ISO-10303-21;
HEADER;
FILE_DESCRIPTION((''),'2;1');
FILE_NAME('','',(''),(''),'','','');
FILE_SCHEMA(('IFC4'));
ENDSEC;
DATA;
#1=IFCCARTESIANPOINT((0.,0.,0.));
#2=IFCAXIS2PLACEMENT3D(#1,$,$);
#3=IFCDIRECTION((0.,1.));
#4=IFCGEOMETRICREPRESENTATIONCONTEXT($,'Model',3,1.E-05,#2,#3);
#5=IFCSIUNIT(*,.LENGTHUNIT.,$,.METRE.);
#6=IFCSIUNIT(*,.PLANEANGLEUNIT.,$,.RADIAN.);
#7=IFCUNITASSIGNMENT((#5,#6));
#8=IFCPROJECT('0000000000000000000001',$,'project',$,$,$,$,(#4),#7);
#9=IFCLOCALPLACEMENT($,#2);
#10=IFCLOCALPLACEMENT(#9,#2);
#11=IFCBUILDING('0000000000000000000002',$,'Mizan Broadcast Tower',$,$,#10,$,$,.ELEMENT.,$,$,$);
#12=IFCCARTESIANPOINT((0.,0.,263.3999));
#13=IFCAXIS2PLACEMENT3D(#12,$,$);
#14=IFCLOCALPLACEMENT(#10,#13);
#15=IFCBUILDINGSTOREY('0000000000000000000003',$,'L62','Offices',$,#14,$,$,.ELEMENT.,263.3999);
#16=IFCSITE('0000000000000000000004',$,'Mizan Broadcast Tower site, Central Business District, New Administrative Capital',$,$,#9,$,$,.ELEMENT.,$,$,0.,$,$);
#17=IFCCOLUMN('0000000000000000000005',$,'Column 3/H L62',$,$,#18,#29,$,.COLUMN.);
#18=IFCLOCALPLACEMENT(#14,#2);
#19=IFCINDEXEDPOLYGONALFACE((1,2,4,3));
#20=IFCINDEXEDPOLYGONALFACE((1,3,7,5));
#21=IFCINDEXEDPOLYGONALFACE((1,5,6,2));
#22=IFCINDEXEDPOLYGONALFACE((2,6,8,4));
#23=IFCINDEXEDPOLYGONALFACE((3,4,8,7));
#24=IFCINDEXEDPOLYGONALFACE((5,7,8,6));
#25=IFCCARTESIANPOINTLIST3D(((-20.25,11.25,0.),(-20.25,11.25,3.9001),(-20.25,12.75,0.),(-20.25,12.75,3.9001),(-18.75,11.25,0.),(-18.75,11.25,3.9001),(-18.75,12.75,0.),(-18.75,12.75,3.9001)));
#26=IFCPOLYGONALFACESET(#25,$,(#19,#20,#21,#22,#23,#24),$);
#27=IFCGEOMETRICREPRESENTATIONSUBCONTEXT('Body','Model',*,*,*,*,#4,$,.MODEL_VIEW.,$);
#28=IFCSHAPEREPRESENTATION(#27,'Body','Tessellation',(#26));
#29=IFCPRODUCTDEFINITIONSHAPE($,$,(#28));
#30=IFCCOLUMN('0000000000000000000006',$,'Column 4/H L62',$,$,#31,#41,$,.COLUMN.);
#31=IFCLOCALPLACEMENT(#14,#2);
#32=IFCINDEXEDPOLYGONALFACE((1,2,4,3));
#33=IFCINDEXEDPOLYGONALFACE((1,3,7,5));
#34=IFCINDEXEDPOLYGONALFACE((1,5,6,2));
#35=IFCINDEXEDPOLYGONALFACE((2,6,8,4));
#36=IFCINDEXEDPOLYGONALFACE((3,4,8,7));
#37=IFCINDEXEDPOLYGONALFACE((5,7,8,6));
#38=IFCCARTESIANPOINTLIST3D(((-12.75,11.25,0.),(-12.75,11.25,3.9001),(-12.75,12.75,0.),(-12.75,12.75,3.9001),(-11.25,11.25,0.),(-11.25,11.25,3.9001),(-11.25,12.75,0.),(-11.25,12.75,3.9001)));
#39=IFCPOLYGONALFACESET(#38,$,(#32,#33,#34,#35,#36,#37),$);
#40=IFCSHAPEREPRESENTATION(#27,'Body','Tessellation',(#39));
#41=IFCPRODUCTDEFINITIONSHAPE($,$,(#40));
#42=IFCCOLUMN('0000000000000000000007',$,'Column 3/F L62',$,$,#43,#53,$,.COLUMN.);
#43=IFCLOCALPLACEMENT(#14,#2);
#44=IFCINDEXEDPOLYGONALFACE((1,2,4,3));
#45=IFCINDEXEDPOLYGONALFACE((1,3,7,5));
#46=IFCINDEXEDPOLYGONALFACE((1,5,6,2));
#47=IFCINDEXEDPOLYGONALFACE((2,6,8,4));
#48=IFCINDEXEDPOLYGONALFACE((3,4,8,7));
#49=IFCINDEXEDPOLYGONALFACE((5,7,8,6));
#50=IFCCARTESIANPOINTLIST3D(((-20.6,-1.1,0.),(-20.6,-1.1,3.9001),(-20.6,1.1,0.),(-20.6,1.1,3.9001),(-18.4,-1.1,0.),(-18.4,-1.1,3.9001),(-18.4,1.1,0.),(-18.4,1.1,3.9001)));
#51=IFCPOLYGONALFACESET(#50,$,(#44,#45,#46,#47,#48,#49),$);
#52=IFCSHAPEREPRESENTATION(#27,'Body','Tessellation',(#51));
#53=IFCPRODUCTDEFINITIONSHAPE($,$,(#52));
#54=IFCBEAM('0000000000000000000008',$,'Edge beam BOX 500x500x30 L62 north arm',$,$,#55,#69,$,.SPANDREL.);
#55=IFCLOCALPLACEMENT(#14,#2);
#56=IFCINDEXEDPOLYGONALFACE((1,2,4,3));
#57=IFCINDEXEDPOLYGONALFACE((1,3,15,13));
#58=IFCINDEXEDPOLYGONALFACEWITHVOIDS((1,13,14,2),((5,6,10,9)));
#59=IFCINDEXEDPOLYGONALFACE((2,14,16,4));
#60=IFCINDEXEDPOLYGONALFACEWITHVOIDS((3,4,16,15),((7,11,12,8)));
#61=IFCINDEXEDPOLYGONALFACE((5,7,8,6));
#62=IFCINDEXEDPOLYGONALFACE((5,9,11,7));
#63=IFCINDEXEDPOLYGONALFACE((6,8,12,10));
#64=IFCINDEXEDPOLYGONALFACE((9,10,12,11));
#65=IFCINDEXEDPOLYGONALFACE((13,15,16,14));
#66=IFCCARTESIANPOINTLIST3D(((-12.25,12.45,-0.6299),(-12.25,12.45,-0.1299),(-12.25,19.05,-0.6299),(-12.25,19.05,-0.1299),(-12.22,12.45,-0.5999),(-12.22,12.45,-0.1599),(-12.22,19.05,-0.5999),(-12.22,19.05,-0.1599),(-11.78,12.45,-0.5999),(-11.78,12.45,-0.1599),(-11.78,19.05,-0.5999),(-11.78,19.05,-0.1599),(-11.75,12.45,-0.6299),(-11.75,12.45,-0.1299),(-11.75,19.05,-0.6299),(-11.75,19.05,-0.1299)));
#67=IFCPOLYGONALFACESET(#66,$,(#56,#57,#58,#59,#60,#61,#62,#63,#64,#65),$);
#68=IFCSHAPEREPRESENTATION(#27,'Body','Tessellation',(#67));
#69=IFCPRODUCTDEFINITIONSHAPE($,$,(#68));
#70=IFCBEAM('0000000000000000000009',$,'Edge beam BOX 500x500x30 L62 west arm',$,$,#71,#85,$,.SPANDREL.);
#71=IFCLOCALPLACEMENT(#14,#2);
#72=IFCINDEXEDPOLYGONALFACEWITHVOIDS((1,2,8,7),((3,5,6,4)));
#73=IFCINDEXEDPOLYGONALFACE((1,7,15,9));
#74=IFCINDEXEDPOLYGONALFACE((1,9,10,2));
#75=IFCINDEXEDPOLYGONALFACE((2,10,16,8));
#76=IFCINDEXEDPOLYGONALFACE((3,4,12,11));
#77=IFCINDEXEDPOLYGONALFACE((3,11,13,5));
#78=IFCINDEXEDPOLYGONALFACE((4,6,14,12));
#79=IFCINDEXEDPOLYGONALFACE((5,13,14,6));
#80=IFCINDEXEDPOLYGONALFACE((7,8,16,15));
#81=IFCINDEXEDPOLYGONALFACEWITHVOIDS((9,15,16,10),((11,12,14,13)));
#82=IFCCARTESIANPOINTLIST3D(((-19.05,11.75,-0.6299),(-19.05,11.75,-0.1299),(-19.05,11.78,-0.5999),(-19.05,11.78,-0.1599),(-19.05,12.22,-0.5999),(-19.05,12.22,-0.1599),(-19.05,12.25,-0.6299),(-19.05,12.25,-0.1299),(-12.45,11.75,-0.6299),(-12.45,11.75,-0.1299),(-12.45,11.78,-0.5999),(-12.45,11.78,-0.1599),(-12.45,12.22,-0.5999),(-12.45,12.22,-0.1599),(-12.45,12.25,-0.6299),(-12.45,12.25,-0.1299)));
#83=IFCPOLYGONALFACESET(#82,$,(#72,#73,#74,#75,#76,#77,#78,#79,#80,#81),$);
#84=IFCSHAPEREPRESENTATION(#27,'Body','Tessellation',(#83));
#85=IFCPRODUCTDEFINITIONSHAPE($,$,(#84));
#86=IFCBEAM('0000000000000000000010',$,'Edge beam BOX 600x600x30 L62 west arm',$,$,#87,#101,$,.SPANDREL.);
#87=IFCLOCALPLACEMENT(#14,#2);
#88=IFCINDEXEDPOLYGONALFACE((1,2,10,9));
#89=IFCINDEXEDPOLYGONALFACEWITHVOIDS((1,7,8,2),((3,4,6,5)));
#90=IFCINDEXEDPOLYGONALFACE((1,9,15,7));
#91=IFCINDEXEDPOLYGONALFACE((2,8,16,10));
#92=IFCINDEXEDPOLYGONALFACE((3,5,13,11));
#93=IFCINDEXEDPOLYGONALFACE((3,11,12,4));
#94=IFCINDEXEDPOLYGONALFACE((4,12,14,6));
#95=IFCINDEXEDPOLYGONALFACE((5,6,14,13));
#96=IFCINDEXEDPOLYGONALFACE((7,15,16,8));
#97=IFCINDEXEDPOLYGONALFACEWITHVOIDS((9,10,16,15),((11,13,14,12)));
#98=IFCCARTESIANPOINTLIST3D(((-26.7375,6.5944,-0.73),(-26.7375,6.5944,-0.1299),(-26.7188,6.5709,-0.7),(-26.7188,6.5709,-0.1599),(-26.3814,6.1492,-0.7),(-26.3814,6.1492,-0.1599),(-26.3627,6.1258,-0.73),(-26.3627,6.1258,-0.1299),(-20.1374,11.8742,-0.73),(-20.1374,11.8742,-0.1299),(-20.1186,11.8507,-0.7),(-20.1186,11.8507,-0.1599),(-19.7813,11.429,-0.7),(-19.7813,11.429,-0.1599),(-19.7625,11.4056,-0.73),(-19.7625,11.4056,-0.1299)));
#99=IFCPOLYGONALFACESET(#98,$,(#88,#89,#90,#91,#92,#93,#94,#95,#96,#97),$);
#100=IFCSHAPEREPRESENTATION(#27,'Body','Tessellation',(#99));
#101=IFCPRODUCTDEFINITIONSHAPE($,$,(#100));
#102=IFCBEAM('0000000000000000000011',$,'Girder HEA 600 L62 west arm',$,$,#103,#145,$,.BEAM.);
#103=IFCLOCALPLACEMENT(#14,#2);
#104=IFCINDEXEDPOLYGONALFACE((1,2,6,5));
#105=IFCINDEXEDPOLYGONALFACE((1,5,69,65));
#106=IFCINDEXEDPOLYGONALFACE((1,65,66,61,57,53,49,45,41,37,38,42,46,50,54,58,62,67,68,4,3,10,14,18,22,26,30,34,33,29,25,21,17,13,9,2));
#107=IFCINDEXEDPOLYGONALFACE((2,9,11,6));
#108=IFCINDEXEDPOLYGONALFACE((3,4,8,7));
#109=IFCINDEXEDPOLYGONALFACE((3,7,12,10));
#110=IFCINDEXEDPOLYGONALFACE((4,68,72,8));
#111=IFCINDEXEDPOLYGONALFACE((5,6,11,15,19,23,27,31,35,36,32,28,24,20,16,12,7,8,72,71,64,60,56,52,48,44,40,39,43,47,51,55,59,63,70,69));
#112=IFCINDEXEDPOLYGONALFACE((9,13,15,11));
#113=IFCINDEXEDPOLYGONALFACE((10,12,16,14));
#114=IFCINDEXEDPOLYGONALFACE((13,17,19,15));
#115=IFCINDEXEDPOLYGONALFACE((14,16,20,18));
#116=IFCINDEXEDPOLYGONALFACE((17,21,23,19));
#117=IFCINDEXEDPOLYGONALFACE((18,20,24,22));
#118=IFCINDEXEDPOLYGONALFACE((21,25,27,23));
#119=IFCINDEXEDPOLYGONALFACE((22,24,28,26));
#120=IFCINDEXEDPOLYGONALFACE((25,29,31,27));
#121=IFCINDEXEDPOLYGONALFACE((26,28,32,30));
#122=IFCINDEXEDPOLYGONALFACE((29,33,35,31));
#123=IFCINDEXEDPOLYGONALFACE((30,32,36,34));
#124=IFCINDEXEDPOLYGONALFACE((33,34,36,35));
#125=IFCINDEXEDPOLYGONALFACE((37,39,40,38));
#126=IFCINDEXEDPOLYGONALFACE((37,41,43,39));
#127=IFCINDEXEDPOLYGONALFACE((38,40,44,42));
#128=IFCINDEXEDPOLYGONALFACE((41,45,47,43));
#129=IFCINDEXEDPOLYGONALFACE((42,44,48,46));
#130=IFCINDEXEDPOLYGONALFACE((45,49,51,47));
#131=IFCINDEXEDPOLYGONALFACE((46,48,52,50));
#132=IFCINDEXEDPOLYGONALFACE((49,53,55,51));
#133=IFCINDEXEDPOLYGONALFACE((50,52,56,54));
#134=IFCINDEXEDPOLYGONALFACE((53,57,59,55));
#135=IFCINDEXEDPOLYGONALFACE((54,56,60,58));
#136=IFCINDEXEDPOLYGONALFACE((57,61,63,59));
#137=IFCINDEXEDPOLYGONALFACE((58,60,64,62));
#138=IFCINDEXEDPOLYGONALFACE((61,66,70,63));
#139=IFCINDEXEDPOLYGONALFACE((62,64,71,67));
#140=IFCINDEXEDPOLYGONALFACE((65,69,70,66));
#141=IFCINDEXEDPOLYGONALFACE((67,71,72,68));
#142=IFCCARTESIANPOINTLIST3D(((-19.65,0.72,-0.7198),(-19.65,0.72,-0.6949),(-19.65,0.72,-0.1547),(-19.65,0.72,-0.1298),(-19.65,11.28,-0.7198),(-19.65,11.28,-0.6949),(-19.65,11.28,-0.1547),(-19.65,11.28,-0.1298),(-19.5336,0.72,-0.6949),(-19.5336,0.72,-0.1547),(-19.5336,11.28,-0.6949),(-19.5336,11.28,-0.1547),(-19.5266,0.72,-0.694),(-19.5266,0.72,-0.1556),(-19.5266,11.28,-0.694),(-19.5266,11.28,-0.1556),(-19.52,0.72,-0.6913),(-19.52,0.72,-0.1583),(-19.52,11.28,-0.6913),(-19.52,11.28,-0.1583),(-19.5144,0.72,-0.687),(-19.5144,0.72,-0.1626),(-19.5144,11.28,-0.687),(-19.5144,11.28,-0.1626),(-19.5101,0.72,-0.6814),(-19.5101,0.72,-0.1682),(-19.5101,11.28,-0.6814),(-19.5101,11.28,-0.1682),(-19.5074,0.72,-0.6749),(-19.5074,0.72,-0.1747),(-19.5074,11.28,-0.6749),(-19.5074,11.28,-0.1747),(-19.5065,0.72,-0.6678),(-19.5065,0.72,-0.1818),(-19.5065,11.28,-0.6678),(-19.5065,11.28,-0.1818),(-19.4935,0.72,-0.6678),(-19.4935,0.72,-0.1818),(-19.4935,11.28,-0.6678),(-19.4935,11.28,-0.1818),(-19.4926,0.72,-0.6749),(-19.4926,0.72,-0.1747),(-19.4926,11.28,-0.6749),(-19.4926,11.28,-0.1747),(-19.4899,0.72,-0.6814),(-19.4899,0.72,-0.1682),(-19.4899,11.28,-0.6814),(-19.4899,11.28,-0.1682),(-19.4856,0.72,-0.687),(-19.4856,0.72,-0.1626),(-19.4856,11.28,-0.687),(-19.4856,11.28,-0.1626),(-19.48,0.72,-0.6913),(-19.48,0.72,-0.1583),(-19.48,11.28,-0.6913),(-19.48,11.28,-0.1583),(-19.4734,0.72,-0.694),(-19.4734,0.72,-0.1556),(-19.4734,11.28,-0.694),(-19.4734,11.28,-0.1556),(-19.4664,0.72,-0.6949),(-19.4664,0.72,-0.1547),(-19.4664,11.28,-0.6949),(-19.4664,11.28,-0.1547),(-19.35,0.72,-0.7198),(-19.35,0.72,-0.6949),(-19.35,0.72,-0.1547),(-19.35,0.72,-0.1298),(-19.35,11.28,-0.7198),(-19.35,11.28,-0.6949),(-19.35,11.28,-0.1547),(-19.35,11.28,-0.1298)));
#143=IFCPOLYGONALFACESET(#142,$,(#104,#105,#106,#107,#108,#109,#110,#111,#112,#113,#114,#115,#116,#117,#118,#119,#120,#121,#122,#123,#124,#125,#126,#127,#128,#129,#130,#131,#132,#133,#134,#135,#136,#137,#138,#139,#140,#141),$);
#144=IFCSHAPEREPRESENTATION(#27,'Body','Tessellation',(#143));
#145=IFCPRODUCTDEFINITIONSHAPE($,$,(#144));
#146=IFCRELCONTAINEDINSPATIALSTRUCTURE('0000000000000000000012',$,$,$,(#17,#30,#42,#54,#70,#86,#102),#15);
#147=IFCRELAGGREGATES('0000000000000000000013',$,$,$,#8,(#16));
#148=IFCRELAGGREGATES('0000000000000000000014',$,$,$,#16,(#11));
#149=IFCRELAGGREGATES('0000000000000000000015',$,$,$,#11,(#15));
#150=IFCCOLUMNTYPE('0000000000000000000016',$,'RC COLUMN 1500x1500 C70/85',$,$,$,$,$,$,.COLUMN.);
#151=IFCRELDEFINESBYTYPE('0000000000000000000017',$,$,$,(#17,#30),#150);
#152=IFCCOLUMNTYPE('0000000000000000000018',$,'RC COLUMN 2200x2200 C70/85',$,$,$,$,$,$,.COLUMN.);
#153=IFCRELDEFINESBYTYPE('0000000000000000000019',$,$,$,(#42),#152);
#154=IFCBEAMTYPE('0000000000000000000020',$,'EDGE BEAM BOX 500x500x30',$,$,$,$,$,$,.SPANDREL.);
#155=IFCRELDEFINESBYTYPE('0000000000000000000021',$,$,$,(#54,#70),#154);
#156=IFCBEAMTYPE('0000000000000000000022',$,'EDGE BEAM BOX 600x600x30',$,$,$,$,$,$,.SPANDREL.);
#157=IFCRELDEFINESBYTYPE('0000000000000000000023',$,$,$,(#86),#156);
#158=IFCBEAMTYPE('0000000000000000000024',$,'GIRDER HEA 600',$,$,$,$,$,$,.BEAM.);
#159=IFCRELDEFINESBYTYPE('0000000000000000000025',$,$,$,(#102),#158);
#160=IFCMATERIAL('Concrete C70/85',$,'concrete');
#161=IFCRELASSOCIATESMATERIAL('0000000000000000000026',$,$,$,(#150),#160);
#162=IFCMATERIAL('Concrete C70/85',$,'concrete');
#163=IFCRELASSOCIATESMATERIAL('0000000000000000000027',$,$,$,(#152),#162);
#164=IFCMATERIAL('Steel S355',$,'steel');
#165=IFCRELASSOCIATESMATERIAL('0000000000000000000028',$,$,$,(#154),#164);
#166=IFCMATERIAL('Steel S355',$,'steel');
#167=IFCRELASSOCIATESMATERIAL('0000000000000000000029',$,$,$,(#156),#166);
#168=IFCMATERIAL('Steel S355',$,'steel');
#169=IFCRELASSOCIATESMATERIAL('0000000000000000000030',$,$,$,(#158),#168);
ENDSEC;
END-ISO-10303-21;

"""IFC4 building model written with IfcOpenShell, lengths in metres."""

from ifc_helpers import new_model, si_unit, direction, frame, origin, origin_2d, place, context, subcontext, project, spatial, rectangle, hollow_rectangle, i_section, extrude, material, material_profile, profile_set, type_object, element, save


model = new_model("IFC4")

# Units and contexts
model_context = context("Model", 3, precision=1e-05, world=origin(), true_north=direction((0.0, 1.0)))
body_context = subcontext(model_context, "Body", "Model", "MODEL_VIEW")
ifc_project = project(units=[si_unit("LENGTHUNIT", "METRE"), si_unit("PLANEANGLEUNIT", "RADIAN")], contexts=[model_context])

# Site, building, storey
site_placement = place(None, origin())
site = spatial("IfcSite", under=ifc_project, at=site_placement, Name="Mizan Broadcast Tower site, Central Business District, New Administrative Capital", CompositionType="ELEMENT", RefElevation=0.0)
building_placement = place(site_placement, origin())
building = spatial("IfcBuilding", under=site, at=building_placement, Name="Mizan Broadcast Tower", CompositionType="ELEMENT")
storey_placement = place(building_placement, frame((0.0, 0.0, 263.3999)))
storey = spatial("IfcBuildingStorey", under=building, at=storey_placement, Name="L62", Description="Offices", CompositionType="ELEMENT", Elevation=263.3999)

# Columns
ifc_material_1 = material(Name="Concrete C70/85", Category="concrete")
ifc_material_profile_1 = material_profile(ifc_material_1, rectangle(XDim=1.5, YDim=1.5, at=origin_2d()), Name="RC 1500x1500")
ifc_profile_set_1 = profile_set([ifc_material_profile_1], Name="Concrete C70/85")
column_type_1 = type_object("IfcColumnType", Name="RC COLUMN 1500x1500 C70/85", PredefinedType="COLUMN", material=ifc_profile_set_1)
for number, where, z_axis, x_axis, name in (
    (1, (-19.5, 12.0, 0.0), (0.0, 0.0, 1.0), (1.0, 0.0, 0.0), "Column 3/H L62"),
    (2, (-12.0, 12.0, 0.0), (0.0, 0.0, 1.0), (1.0, 0.0, 0.0), "Column 4/H L62"),
):
    element("IfcColumn", number, at=place(storey_placement, frame(where, z_axis=z_axis, x_axis=x_axis)), inside=storey, type_object=column_type_1, Name=name, PredefinedType="COLUMN", context=body_context, shape_type="SweptSolid", body=[
        extrude(rectangle(XDim=1.5, YDim=1.5, at=origin_2d()), origin(), (0.0, 0.0, 1.0), 3.9001),
    ])
ifc_material_2 = material(Name="Concrete C70/85", Category="concrete")
ifc_material_profile_2 = material_profile(ifc_material_2, rectangle(XDim=2.2, YDim=2.2, at=origin_2d()), Name="RC 2200x2200")
ifc_profile_set_2 = profile_set([ifc_material_profile_2], Name="Concrete C70/85")
column_type_2 = type_object("IfcColumnType", Name="RC COLUMN 2200x2200 C70/85", PredefinedType="COLUMN", material=ifc_profile_set_2)
column_placement = place(storey_placement, frame((-19.5, 0.0, 0.0), z_axis=(0.0, 0.0, 1.0), x_axis=(1.0, 0.0, 0.0)))
element("IfcColumn", 3, at=column_placement, inside=storey, type_object=column_type_2, Name="Column 3/F L62", PredefinedType="COLUMN", context=body_context, shape_type="SweptSolid", body=[
    extrude(rectangle(XDim=2.2, YDim=2.2, at=origin_2d()), origin(), (0.0, 0.0, 1.0), 3.9001),
])

# Beams
ifc_material_3 = material(Name="Steel S355", Category="steel")
ifc_material_profile_3 = material_profile(ifc_material_3, hollow_rectangle(XDim=0.5, YDim=0.5, WallThickness=0.03, at=origin_2d()), Name="BOX 500x500x30")
ifc_profile_set_3 = profile_set([ifc_material_profile_3], Name="Steel S355")
beam_type_1 = type_object("IfcBeamType", Name="EDGE BEAM BOX 500x500x30", PredefinedType="SPANDREL", material=ifc_profile_set_3)
for number, where, z_axis, x_axis, name in (
    (4, (-12.0, 12.45, -0.3799), (0.0, 1.0, 0.0), (-1.0, 0.0, 0.0), "Edge beam BOX 500x500x30 L62 north arm"),
    (5, (-12.45, 12.0, -0.3799), (-1.0, 0.0, 0.0), (0.0, -1.0, 0.0), "Edge beam BOX 500x500x30 L62 west arm"),
):
    element("IfcBeam", number, at=place(storey_placement, frame(where, z_axis=z_axis, x_axis=x_axis)), inside=storey, type_object=beam_type_1, Name=name, PredefinedType="SPANDREL", context=body_context, shape_type="SweptSolid", body=[
        extrude(hollow_rectangle(XDim=0.5, YDim=0.5, WallThickness=0.03, at=origin_2d()), origin(), (0.0, 0.0, 1.0), 6.6001),
    ])
ifc_material_4 = material(Name="Steel S355", Category="steel")
ifc_material_profile_4 = material_profile(ifc_material_4, hollow_rectangle(XDim=0.6001, YDim=0.6001, WallThickness=0.03, at=origin_2d()), Name="BOX 600x600x30")
ifc_profile_set_4 = profile_set([ifc_material_profile_4], Name="Steel S355")
beam_type_2 = type_object("IfcBeamType", Name="EDGE BEAM BOX 600x600x30", PredefinedType="SPANDREL", material=ifc_profile_set_4)
beam_1_placement = place(storey_placement, frame((-19.95, 11.6399, -0.4299), z_axis=(-0.780886, -0.624674, 0.0), x_axis=(0.624674, -0.780886, 0.0)))
element("IfcBeam", 6, at=beam_1_placement, inside=storey, type_object=beam_type_2, Name="Edge beam BOX 600x600x30 L62 west arm", PredefinedType="SPANDREL", context=body_context, shape_type="SweptSolid", body=[
    extrude(hollow_rectangle(XDim=0.6001, YDim=0.6001, WallThickness=0.03, at=origin_2d()), origin(), (0.0, 0.0, 1.0), 8.4521),
])
ifc_material_5 = material(Name="Steel S355", Category="steel")
ifc_material_profile_5 = material_profile(ifc_material_5, i_section(OverallWidth=0.3, OverallDepth=0.5901, WebThickness=0.0129, FlangeThickness=0.0249, FilletRadius=0.0271, at=origin_2d()), Name="HEA 600")
ifc_profile_set_5 = profile_set([ifc_material_profile_5], Name="Steel S355")
beam_type_3 = type_object("IfcBeamType", Name="GIRDER HEA 600", PredefinedType="BEAM", material=ifc_profile_set_5)
beam_2_placement = place(storey_placement, frame((-19.5, 11.28, -0.4248), z_axis=(0.0, -1.0, 0.0), x_axis=(1.0, 0.0, 0.0)))
element("IfcBeam", 7, at=beam_2_placement, inside=storey, type_object=beam_type_3, Name="Girder HEA 600 L62 west arm", PredefinedType="BEAM", context=body_context, shape_type="SweptSolid", body=[
    extrude(i_section(OverallWidth=0.3, OverallDepth=0.5901, WebThickness=0.0129, FlangeThickness=0.0249, FilletRadius=0.0271, at=origin_2d()), origin(), (0.0, 0.0, 1.0), 10.5601),
])

save(model, "model.ifc")
